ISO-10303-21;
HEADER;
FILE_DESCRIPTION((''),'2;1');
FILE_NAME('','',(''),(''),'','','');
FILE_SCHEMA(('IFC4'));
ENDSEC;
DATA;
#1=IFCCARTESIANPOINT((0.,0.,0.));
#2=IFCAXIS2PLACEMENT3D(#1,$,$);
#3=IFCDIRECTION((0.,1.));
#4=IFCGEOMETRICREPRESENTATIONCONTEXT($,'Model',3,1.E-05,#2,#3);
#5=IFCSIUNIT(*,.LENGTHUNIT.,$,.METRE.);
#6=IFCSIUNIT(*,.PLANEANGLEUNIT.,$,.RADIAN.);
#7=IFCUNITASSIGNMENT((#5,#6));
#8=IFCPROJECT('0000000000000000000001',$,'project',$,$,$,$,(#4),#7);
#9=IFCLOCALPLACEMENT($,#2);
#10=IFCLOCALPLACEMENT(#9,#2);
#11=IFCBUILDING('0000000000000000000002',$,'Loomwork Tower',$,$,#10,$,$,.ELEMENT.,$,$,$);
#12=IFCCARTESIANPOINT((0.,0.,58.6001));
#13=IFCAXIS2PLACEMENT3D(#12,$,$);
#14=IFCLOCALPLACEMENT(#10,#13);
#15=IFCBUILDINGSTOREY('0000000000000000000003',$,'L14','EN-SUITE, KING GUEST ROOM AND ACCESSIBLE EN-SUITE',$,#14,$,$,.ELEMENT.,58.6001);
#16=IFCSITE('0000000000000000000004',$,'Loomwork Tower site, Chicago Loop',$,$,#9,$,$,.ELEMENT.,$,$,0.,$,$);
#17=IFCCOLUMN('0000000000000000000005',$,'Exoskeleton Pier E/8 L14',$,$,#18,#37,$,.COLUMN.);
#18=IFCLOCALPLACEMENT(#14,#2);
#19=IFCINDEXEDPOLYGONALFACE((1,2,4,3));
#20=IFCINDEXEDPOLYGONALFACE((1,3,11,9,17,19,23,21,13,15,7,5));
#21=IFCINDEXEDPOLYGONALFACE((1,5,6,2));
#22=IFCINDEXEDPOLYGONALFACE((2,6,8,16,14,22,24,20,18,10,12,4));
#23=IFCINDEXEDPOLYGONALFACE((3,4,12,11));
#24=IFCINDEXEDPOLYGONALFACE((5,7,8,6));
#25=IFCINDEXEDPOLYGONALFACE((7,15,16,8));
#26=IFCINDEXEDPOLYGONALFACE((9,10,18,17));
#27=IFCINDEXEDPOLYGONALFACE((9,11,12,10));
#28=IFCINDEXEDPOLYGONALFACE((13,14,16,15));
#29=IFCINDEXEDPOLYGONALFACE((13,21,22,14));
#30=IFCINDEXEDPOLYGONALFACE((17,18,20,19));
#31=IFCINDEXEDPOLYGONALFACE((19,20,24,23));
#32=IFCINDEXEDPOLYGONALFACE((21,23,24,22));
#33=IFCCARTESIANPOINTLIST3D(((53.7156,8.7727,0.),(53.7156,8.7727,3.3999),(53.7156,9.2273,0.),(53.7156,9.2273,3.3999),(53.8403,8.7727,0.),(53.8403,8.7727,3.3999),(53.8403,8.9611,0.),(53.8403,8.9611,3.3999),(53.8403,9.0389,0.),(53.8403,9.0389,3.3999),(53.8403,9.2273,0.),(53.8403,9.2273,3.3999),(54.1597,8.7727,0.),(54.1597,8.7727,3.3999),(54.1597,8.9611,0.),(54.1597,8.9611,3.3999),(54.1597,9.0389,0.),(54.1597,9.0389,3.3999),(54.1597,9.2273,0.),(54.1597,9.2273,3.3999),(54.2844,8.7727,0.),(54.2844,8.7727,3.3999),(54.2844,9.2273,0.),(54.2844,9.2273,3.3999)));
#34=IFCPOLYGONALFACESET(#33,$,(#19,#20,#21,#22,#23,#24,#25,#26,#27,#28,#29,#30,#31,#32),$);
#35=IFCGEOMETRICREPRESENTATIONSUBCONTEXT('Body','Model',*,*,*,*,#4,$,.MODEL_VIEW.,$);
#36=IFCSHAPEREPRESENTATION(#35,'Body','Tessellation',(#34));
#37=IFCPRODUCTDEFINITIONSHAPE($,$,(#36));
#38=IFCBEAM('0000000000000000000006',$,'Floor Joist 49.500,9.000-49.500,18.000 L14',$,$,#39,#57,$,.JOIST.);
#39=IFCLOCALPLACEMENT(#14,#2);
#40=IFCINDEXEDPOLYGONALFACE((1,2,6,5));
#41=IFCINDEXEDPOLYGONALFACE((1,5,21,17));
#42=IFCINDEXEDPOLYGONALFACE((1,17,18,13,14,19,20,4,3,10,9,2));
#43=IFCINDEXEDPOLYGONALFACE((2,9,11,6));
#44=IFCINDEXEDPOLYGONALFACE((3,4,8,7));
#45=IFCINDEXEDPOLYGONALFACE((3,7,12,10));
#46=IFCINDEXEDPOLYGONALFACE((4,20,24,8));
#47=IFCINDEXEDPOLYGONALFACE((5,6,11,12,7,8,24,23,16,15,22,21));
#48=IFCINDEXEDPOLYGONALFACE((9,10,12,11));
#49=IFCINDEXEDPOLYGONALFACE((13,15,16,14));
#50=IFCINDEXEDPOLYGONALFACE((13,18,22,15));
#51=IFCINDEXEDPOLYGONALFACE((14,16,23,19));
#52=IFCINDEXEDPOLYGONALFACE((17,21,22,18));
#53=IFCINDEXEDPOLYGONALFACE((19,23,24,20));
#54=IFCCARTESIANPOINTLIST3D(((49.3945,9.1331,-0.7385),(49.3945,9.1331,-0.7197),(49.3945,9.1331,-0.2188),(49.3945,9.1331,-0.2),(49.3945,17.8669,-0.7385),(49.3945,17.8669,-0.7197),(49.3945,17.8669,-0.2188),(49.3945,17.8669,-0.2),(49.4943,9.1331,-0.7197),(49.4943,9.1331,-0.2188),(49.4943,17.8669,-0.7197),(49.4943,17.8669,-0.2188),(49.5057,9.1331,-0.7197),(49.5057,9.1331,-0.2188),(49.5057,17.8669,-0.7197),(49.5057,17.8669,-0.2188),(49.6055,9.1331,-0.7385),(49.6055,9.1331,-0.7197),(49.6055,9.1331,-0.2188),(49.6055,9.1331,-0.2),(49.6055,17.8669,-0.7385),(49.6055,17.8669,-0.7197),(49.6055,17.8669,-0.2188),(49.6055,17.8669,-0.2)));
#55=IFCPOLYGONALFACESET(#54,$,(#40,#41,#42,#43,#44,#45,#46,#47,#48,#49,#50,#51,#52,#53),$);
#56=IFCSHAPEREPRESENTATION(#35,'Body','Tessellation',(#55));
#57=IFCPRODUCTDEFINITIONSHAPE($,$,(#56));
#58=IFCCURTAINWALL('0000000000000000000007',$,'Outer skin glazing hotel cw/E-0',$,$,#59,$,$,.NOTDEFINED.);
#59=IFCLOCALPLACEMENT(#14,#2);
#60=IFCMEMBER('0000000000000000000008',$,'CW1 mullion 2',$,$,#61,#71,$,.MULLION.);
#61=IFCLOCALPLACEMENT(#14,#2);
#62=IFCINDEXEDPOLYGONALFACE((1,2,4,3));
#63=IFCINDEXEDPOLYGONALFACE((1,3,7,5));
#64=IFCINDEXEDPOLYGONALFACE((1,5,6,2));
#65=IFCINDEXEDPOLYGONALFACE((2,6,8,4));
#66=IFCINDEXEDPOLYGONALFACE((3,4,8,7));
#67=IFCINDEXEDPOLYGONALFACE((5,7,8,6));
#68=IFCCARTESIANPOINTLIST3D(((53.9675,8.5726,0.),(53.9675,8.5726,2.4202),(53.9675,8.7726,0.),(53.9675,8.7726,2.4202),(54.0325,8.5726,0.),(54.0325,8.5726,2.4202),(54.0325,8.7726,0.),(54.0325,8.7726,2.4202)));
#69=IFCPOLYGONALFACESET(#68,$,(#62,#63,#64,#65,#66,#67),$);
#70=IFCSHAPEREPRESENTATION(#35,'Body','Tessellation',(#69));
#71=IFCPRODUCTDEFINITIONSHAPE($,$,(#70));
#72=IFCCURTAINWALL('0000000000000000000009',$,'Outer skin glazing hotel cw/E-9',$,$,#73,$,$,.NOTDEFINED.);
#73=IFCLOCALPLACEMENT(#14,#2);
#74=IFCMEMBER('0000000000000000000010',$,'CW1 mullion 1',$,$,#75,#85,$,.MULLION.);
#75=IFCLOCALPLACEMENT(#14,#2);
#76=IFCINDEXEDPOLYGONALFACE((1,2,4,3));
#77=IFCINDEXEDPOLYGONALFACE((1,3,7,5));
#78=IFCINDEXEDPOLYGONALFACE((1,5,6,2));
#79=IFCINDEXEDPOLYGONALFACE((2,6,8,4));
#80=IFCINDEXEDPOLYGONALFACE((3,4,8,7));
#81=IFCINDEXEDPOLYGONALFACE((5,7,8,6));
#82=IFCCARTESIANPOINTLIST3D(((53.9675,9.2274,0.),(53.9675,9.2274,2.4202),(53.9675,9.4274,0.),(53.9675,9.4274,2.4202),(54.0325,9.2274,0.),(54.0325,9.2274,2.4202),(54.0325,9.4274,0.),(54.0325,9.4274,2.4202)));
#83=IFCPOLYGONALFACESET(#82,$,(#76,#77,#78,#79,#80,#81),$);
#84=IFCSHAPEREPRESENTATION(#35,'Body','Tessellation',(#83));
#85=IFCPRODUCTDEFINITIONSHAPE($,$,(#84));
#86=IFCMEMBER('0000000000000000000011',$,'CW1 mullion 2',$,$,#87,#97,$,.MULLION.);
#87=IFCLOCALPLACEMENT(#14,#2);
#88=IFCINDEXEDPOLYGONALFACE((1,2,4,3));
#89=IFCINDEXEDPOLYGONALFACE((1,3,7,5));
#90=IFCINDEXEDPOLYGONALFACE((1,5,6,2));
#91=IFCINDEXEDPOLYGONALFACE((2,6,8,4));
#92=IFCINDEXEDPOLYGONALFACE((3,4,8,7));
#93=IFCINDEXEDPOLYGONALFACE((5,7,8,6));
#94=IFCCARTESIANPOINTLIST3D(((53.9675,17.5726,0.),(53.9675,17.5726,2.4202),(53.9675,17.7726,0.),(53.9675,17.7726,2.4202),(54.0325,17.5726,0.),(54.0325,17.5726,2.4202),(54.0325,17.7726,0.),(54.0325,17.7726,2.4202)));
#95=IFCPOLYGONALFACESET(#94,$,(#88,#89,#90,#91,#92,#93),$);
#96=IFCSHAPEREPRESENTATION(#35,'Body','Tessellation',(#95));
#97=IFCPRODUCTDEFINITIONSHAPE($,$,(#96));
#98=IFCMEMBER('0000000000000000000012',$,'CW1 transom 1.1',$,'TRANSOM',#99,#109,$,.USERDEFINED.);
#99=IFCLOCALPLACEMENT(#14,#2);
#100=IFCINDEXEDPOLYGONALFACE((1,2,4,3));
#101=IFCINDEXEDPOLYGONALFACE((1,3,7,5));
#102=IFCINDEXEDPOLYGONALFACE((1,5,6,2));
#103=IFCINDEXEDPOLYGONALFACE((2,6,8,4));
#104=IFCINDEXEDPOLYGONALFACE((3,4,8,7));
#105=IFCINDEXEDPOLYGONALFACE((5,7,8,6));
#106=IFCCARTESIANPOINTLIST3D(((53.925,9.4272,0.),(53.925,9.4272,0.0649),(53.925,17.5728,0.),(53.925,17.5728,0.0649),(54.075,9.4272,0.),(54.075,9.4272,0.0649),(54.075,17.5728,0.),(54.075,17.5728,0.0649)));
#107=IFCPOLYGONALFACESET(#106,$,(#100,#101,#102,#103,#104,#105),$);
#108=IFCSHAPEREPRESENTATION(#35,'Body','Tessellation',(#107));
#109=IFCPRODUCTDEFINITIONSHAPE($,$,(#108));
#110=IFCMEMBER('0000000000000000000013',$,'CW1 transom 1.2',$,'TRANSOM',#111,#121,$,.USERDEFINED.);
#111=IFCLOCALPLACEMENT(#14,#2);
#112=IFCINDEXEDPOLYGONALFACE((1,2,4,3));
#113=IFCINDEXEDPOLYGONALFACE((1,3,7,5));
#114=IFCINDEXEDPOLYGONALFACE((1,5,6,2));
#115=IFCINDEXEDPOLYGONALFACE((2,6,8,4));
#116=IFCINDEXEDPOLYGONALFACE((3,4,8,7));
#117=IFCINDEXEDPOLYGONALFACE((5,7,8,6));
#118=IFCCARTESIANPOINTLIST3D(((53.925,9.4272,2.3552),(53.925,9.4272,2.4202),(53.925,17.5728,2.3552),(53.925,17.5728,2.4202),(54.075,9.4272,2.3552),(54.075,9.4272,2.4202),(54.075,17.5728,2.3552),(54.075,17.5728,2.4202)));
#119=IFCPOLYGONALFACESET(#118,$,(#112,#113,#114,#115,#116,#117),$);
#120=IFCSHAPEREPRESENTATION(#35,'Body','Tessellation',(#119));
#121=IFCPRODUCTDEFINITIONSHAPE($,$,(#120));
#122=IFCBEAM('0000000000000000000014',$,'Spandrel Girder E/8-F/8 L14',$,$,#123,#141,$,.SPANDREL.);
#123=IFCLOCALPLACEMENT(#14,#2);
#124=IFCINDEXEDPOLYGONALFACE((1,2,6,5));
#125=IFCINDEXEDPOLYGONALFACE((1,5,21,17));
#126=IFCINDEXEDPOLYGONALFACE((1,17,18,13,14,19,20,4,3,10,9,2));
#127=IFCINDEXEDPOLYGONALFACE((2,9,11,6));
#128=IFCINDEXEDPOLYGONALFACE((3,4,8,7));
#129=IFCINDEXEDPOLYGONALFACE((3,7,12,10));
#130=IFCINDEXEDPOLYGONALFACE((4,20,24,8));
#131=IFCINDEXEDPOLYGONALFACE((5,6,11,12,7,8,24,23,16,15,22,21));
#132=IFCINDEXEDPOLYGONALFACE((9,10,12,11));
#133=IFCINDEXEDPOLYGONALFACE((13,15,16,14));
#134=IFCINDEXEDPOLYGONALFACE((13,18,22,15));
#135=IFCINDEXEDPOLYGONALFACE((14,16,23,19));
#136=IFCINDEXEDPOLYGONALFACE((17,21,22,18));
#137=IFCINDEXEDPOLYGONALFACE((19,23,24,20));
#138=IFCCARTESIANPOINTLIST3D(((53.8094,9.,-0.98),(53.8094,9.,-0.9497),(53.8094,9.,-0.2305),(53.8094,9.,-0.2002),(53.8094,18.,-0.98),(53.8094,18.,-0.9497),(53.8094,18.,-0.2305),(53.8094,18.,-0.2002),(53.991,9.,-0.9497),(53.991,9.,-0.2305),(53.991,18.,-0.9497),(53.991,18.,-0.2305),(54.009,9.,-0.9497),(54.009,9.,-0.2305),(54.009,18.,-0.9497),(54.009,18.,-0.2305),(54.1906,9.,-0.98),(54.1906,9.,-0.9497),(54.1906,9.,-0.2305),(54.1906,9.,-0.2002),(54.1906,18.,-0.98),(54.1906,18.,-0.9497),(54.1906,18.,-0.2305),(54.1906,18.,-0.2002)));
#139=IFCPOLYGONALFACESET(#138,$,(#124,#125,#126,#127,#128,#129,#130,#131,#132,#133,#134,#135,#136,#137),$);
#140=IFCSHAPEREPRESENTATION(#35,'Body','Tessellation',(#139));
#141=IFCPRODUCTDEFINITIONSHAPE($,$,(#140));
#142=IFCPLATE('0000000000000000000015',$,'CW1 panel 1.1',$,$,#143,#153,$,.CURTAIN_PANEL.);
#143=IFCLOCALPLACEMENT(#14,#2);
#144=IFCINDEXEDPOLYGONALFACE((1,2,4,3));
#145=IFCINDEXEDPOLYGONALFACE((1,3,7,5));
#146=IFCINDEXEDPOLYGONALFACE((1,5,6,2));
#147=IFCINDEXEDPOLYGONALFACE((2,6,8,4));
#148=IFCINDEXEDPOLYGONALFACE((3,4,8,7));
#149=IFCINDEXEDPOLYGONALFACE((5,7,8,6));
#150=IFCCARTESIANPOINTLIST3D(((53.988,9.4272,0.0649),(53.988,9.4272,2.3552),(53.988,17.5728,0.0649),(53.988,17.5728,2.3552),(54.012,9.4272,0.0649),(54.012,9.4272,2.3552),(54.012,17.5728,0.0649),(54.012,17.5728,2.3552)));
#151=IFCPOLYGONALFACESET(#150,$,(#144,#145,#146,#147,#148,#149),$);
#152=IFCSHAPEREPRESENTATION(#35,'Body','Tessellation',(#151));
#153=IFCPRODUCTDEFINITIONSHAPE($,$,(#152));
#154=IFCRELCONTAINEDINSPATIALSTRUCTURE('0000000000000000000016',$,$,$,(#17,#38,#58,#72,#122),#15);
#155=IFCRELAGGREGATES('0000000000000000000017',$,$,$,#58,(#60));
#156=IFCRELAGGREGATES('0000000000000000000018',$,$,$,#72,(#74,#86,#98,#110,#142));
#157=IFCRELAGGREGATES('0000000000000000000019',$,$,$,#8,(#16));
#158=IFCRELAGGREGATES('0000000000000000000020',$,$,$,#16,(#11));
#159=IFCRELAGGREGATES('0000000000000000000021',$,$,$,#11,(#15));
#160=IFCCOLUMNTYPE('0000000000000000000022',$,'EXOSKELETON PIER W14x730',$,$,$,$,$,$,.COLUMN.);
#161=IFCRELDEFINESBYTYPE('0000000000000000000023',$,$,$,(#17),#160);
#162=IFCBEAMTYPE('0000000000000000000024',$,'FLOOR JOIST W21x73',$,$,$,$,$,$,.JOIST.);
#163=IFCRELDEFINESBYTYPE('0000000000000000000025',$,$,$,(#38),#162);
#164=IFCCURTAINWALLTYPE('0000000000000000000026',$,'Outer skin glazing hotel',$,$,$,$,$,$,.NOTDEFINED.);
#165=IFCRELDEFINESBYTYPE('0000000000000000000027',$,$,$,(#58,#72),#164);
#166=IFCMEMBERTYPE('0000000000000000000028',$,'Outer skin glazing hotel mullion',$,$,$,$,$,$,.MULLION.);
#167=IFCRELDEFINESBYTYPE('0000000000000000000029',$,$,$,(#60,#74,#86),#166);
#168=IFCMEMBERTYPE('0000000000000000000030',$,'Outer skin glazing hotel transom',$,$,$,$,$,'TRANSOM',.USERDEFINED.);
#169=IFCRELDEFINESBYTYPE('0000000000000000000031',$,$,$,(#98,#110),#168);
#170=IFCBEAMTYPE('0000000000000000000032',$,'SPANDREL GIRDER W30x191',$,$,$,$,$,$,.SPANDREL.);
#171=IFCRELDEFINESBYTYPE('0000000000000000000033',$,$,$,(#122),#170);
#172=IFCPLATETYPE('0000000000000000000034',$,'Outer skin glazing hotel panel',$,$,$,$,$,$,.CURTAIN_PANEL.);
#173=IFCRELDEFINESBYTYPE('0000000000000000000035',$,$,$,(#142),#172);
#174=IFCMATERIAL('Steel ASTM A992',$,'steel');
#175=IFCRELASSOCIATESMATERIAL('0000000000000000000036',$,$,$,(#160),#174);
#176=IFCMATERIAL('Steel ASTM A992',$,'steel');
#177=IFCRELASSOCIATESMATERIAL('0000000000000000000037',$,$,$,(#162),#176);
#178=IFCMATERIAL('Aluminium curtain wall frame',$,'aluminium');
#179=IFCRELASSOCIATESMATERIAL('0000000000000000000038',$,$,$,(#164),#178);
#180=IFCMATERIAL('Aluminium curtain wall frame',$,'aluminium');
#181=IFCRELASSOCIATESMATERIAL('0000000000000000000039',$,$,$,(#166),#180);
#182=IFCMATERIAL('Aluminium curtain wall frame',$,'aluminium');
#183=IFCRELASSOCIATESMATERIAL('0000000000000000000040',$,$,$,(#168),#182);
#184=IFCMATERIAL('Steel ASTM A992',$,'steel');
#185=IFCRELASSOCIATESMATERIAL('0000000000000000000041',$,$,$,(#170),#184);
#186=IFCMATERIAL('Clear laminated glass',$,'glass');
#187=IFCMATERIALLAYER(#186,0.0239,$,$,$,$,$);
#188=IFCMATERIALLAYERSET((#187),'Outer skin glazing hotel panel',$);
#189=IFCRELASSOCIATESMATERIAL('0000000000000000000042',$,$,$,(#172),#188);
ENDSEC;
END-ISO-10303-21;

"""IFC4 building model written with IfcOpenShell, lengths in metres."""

from ifc_helpers import new_model, si_unit, direction, frame, origin, origin_2d, place, context, subcontext, project, spatial, rectangle, i_section, extrude, material, layer, layer_set, material_profile, profile_set, type_object, element, aggregate, save


model = new_model("IFC4")

# Units and contexts
model_context = context("Model", 3, precision=1e-05, world=origin(), true_north=direction((0.0, 1.0)))
body_context = subcontext(model_context, "Body", "Model", "MODEL_VIEW")
ifc_project = project(units=[si_unit("LENGTHUNIT", "METRE"), si_unit("PLANEANGLEUNIT", "RADIAN")], contexts=[model_context])

# Site, building, storey
site_placement = place(None, origin())
site = spatial("IfcSite", under=ifc_project, at=site_placement, Name="Loomwork Tower site, Chicago Loop", CompositionType="ELEMENT", RefElevation=0.0)
building_placement = place(site_placement, origin())
building = spatial("IfcBuilding", under=site, at=building_placement, Name="Loomwork Tower", CompositionType="ELEMENT")
storey_placement = place(building_placement, frame((0.0, 0.0, 58.6001)))
storey = spatial("IfcBuildingStorey", under=building, at=storey_placement, Name="L14", Description="EN-SUITE, KING GUEST ROOM AND ACCESSIBLE EN-SUITE", CompositionType="ELEMENT", Elevation=58.6001)

# Column
ifc_material_1 = material(Name="Steel ASTM A992", Category="steel")
ifc_material_profile_1 = material_profile(ifc_material_1, i_section(OverallWidth=0.4546, OverallDepth=0.5688, WebThickness=0.0779, FlangeThickness=0.1248, at=origin_2d()), Name="W14x730")
ifc_profile_set_1 = profile_set([ifc_material_profile_1], Name="Steel ASTM A992")
column_type = type_object("IfcColumnType", Name="EXOSKELETON PIER W14x730", PredefinedType="COLUMN", material=ifc_profile_set_1)
column_placement = place(storey_placement, frame((54.0, 9.0, 0.0), z_axis=(0.0, 0.0, 1.0), x_axis=(0.0, 1.0, 0.0)))
element("IfcColumn", 1, at=column_placement, inside=storey, type_object=column_type, Name="Exoskeleton Pier E/8 L14", PredefinedType="COLUMN", context=body_context, shape_type="SweptSolid", body=[
    extrude(i_section(OverallWidth=0.4546, OverallDepth=0.5688, WebThickness=0.0779, FlangeThickness=0.1248, at=origin_2d()), origin(), (0.0, 0.0, 1.0), 3.3999),
])

# Beam
ifc_material_2 = material(Name="Steel ASTM A992", Category="steel")
ifc_material_profile_2 = material_profile(ifc_material_2, i_section(OverallWidth=0.2109, OverallDepth=0.5386, WebThickness=0.0115, FlangeThickness=0.0188, at=origin_2d()), Name="W21x73")
ifc_profile_set_2 = profile_set([ifc_material_profile_2], Name="Steel ASTM A992")
beam_type_1 = type_object("IfcBeamType", Name="FLOOR JOIST W21x73", PredefinedType="JOIST", material=ifc_profile_set_2)
beam_1_placement = place(storey_placement, frame((49.5, 9.1331, -0.4692), z_axis=(0.0, 1.0, 0.0), x_axis=(-1.0, 0.0, 0.0)))
element("IfcBeam", 2, at=beam_1_placement, inside=storey, type_object=beam_type_1, Name="Floor Joist 49.500,9.000-49.500,18.000 L14", PredefinedType="JOIST", context=body_context, shape_type="SweptSolid", body=[
    extrude(i_section(OverallWidth=0.2109, OverallDepth=0.5386, WebThickness=0.0115, FlangeThickness=0.0188, at=origin_2d()), origin(), (0.0, 0.0, 1.0), 8.7339),
])

# Curtain wall, member
ifc_material_3 = material(Name="Aluminium curtain wall frame", Category="aluminium")
curtain_wall_type = type_object("IfcCurtainWallType", Name="Outer skin glazing hotel", PredefinedType="NOTDEFINED", material=ifc_material_3)
curtain_wall_1_placement = place(storey_placement, origin())
curtain_wall_1 = element("IfcCurtainWall", 3, at=curtain_wall_1_placement, inside=storey, type_object=curtain_wall_type, Name="Outer skin glazing hotel cw/E-0", PredefinedType="NOTDEFINED")
ifc_material_4 = material(Name="Aluminium curtain wall frame", Category="aluminium")
ifc_material_profile_3 = material_profile(ifc_material_4, rectangle(XDim=0.0649, YDim=0.2, at=origin_2d()), Name="AL 65x200")
ifc_profile_set_3 = profile_set([ifc_material_profile_3], Name="Aluminium curtain wall frame")
member_type_1 = type_object("IfcMemberType", Name="Outer skin glazing hotel mullion", PredefinedType="MULLION", material=ifc_profile_set_3)
member_1_placement = place(storey_placement, frame((54.0, 8.6726, 0.0), z_axis=(0.0, 0.0, 1.0), x_axis=(-1.0, 0.0, 0.0)))
member_1 = element("IfcMember", 4, at=member_1_placement, type_object=member_type_1, Name="CW1 mullion 2", PredefinedType="MULLION", context=body_context, shape_type="SweptSolid", body=[
    extrude(rectangle(XDim=0.0649, YDim=0.2, at=origin_2d()), origin(), (0.0, 0.0, 1.0), 2.4202),
])
aggregate(curtain_wall_1, [member_1])

# Curtain wall, members
curtain_wall_2_placement = place(storey_placement, origin())
curtain_wall_2 = element("IfcCurtainWall", 5, at=curtain_wall_2_placement, inside=storey, type_object=curtain_wall_type, Name="Outer skin glazing hotel cw/E-9", PredefinedType="NOTDEFINED")
member_2_placement = place(storey_placement, frame((54.0, 9.3274, 0.0), z_axis=(0.0, 0.0, 1.0), x_axis=(-1.0, 0.0, 0.0)))
member_2 = element("IfcMember", 6, at=member_2_placement, type_object=member_type_1, Name="CW1 mullion 1", PredefinedType="MULLION", context=body_context, shape_type="SweptSolid", body=[
    extrude(rectangle(XDim=0.0649, YDim=0.2, at=origin_2d()), origin(), (0.0, 0.0, 1.0), 2.4202),
])
member_3_placement = place(storey_placement, frame((54.0, 17.6726, 0.0), z_axis=(0.0, 0.0, 1.0), x_axis=(-1.0, 0.0, 0.0)))
member_3 = element("IfcMember", 7, at=member_3_placement, type_object=member_type_1, Name="CW1 mullion 2", PredefinedType="MULLION", context=body_context, shape_type="SweptSolid", body=[
    extrude(rectangle(XDim=0.0649, YDim=0.2, at=origin_2d()), origin(), (0.0, 0.0, 1.0), 2.4202),
])
ifc_material_5 = material(Name="Aluminium curtain wall frame", Category="aluminium")
ifc_material_profile_4 = material_profile(ifc_material_5, rectangle(XDim=0.1499, YDim=0.0649, at=origin_2d()), Name="AL 65x150")
ifc_profile_set_4 = profile_set([ifc_material_profile_4], Name="Aluminium curtain wall frame")
member_type_2 = type_object("IfcMemberType", Name="Outer skin glazing hotel transom", ElementType="TRANSOM", PredefinedType="USERDEFINED", material=ifc_profile_set_4)
member_4_placement = place(storey_placement, frame((54.0, 9.4272, 0.0325), z_axis=(0.0, 1.0, 0.0), x_axis=(-1.0, 0.0, 0.0)))
member_4 = element("IfcMember", 8, at=member_4_placement, type_object=member_type_2, Name="CW1 transom 1.1", ObjectType="TRANSOM", PredefinedType="USERDEFINED", context=body_context, shape_type="SweptSolid", body=[
    extrude(rectangle(XDim=0.1499, YDim=0.0649, at=origin_2d()), origin(), (0.0, 0.0, 1.0), 8.1455),
])
member_5_placement = place(storey_placement, frame((54.0, 9.4272, 2.3877), z_axis=(0.0, 1.0, 0.0), x_axis=(-1.0, 0.0, 0.0)))
member_5 = element("IfcMember", 9, at=member_5_placement, type_object=member_type_2, Name="CW1 transom 1.2", ObjectType="TRANSOM", PredefinedType="USERDEFINED", context=body_context, shape_type="SweptSolid", body=[
    extrude(rectangle(XDim=0.1499, YDim=0.0649, at=origin_2d()), origin(), (0.0, 0.0, 1.0), 8.1455),
])

# Beam
ifc_material_6 = material(Name="Steel ASTM A992", Category="steel")
ifc_material_profile_5 = material_profile(ifc_material_6, i_section(OverallWidth=0.3811, OverallDepth=0.7798, WebThickness=0.0181, FlangeThickness=0.0303, at=origin_2d()), Name="W30x191")
ifc_profile_set_5 = profile_set([ifc_material_profile_5], Name="Steel ASTM A992")
beam_type_2 = type_object("IfcBeamType", Name="SPANDREL GIRDER W30x191", PredefinedType="SPANDREL", material=ifc_profile_set_5)
beam_2_placement = place(storey_placement, frame((54.0, 9.0, -0.5901), z_axis=(0.0, 1.0, 0.0), x_axis=(-1.0, 0.0, 0.0)))
element("IfcBeam", 10, at=beam_2_placement, inside=storey, type_object=beam_type_2, Name="Spandrel Girder E/8-F/8 L14", PredefinedType="SPANDREL", context=body_context, shape_type="SweptSolid", body=[
    extrude(i_section(OverallWidth=0.3811, OverallDepth=0.7798, WebThickness=0.0181, FlangeThickness=0.0303, at=origin_2d()), origin(), (0.0, 0.0, 1.0), 9.0),
])

# Plate
ifc_material_7 = material(Name="Clear laminated glass", Category="glass")
ifc_layer_1 = layer(ifc_material_7, 0.0239)
ifc_layer_set_1 = layer_set([ifc_layer_1], Name="Outer skin glazing hotel panel")
plate_type = type_object("IfcPlateType", Name="Outer skin glazing hotel panel", PredefinedType="CURTAIN_PANEL", material=ifc_layer_set_1)
plate_placement = place(storey_placement, frame((54.0, 13.5, 0.0649), z_axis=(0.0, 0.0, 1.0), x_axis=(0.0, 1.0, 0.0)))
plate = element("IfcPlate", 11, at=plate_placement, type_object=plate_type, Name="CW1 panel 1.1", PredefinedType="CURTAIN_PANEL", context=body_context, shape_type="SweptSolid", body=[
    extrude(rectangle(XDim=8.1455, YDim=0.0239, at=origin_2d()), origin(), (0.0, 0.0, 1.0), 2.2903),
])
aggregate(curtain_wall_2, [member_2, member_3, member_4, member_5, plate])

save(model, "model.ifc")
